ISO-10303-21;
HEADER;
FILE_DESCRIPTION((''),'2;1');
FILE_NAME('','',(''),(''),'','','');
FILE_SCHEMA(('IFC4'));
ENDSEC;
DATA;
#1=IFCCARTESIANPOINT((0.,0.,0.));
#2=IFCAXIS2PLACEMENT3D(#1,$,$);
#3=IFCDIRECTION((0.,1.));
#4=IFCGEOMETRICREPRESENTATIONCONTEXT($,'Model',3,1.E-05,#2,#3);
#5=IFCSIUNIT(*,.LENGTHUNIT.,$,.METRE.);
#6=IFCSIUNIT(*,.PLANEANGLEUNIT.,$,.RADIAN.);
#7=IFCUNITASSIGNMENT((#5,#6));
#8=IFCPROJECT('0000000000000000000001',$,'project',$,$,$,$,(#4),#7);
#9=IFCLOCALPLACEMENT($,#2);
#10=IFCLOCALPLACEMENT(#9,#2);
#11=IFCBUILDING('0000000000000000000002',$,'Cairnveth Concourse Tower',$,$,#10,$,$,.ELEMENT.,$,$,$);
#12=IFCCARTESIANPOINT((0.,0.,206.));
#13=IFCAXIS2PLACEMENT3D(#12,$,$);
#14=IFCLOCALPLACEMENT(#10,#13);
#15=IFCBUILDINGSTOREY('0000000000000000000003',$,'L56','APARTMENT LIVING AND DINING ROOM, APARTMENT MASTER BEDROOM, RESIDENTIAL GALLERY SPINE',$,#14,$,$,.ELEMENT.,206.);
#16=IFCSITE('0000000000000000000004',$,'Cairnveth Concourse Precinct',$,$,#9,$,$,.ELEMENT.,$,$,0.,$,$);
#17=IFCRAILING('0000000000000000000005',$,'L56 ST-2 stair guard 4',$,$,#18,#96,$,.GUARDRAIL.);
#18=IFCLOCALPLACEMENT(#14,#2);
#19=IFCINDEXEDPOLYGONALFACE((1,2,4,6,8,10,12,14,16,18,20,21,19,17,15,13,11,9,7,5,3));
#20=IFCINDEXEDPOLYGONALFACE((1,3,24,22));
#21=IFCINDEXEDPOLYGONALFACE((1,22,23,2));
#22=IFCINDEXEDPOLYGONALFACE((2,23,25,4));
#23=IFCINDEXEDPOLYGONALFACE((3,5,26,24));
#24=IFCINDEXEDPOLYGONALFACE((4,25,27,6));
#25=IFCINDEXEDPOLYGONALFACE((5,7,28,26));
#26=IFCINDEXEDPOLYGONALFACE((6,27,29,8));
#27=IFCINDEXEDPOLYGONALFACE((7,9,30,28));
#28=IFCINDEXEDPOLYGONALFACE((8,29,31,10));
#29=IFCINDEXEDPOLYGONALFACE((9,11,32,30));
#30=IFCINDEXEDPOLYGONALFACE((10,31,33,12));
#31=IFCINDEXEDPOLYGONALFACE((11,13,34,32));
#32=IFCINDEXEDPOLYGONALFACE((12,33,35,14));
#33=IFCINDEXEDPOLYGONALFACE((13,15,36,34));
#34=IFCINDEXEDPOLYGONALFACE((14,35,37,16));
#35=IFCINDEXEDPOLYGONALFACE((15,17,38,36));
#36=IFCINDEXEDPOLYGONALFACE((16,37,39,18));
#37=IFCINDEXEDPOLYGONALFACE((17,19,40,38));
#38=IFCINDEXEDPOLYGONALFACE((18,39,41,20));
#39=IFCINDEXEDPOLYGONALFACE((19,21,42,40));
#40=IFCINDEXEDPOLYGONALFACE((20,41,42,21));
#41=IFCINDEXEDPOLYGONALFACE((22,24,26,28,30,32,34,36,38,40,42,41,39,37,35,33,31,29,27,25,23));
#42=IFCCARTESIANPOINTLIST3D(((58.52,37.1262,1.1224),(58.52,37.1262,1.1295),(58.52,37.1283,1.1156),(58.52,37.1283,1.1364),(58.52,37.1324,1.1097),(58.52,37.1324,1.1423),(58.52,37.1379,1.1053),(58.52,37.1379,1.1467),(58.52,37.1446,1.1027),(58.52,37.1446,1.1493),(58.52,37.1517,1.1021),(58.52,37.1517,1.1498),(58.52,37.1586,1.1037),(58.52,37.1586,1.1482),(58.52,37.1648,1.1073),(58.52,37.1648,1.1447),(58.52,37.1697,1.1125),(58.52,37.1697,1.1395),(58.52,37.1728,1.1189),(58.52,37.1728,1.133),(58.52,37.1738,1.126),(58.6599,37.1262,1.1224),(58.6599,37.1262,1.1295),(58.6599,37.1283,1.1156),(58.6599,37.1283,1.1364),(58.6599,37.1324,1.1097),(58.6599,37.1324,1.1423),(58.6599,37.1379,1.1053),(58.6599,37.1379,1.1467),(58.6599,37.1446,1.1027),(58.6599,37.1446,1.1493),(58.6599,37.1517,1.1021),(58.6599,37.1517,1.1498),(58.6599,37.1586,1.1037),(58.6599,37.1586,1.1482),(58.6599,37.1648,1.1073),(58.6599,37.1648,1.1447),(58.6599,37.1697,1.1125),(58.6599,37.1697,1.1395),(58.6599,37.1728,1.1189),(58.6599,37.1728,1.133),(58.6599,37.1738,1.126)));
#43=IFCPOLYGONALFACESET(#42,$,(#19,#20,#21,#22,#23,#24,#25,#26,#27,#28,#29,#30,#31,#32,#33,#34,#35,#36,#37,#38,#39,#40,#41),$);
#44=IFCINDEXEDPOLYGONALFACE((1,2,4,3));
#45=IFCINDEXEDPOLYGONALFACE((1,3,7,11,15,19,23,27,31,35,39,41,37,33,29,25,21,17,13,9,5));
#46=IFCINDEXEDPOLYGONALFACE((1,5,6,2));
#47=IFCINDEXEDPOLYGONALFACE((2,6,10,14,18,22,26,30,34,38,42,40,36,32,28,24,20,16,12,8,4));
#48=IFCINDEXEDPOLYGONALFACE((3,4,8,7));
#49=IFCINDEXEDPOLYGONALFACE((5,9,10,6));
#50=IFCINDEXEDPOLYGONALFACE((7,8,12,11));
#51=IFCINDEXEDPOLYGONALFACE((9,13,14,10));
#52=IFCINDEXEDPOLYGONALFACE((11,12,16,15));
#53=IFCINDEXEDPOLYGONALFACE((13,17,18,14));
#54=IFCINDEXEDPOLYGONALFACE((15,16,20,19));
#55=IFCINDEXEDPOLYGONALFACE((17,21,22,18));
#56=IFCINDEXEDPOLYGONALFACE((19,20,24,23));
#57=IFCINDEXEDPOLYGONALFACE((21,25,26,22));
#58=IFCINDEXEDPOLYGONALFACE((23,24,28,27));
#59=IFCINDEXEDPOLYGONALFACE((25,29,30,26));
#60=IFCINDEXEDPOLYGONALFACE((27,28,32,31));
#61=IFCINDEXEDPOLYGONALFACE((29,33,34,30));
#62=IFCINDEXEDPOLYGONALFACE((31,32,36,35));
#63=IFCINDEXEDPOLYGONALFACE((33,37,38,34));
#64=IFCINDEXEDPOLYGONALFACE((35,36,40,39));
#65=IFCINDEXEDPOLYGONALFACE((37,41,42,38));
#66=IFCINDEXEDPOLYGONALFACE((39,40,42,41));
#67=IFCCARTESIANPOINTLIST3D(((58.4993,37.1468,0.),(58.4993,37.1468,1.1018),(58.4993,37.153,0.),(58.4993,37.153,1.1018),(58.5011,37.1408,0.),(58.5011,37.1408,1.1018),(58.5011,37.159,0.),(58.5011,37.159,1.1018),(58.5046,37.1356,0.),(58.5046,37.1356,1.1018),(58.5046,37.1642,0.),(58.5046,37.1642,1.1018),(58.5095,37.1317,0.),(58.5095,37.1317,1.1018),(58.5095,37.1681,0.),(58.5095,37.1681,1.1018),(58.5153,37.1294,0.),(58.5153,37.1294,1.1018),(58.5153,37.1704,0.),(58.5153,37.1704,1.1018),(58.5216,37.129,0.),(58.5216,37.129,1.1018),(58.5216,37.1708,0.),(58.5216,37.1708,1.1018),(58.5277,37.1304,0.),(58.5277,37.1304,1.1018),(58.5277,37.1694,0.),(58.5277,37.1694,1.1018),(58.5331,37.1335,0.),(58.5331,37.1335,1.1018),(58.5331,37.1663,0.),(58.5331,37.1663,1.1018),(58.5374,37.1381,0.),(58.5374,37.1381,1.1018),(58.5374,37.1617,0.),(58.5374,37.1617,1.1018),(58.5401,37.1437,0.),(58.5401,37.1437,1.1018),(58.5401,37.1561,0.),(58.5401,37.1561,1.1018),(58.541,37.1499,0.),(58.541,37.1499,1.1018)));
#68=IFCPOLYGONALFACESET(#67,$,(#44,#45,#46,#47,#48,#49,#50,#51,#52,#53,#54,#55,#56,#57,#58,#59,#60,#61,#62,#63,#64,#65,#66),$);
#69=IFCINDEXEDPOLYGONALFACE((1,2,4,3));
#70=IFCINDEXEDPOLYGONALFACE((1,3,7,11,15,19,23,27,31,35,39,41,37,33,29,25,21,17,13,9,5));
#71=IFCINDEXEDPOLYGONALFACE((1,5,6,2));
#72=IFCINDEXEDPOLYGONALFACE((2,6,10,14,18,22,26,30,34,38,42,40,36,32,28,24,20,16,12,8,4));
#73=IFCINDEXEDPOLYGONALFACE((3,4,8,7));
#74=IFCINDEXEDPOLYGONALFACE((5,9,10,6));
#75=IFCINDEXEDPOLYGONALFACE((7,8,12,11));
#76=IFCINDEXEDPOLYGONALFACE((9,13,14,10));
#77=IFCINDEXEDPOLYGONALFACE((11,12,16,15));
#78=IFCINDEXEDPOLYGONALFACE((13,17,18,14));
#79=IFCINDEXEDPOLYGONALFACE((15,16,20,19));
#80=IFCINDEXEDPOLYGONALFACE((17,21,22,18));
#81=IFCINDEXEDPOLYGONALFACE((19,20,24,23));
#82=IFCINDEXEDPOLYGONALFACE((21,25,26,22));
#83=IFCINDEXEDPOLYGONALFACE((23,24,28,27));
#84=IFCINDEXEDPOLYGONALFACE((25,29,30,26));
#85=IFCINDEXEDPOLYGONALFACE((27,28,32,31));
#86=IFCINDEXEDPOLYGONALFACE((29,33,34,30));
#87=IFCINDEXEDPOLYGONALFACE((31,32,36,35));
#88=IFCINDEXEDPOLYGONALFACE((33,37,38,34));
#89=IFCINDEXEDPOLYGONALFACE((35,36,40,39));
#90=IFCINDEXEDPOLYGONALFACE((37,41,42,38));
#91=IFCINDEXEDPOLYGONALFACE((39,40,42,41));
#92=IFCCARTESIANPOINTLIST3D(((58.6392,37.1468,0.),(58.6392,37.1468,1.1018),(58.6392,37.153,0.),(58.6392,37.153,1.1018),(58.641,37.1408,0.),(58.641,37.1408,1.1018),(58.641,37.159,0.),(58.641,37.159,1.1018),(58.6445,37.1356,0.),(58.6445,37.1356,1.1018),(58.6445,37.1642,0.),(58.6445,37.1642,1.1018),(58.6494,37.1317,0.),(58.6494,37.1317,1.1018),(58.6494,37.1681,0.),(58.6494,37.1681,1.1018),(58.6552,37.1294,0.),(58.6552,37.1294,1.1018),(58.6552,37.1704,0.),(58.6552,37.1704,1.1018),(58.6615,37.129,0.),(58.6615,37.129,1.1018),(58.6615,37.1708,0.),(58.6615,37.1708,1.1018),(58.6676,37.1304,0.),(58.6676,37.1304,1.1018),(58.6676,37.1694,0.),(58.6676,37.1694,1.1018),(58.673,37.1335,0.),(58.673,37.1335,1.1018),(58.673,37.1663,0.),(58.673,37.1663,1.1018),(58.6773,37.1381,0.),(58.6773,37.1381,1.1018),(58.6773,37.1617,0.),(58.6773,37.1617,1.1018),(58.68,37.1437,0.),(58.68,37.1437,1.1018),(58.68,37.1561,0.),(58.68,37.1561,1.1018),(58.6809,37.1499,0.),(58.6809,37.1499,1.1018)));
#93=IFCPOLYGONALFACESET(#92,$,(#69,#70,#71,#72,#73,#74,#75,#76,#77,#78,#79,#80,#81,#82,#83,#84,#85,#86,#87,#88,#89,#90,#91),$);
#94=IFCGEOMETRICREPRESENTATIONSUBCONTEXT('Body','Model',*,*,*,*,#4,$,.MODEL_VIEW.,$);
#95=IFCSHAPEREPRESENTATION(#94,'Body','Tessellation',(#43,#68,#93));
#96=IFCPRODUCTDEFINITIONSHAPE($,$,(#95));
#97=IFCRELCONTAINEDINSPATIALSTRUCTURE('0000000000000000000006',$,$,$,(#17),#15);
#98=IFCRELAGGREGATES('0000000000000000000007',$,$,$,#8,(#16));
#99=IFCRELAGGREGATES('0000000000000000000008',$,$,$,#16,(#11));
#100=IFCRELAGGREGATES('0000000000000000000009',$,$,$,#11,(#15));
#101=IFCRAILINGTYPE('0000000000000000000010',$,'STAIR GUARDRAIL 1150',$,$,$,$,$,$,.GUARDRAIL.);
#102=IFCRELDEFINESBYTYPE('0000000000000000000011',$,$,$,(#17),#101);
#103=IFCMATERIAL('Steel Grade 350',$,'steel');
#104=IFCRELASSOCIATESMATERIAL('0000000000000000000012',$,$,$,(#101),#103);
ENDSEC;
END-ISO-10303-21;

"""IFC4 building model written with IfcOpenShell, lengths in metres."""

from ifc_helpers import new_model, si_unit, direction, frame, origin, origin_2d, place, context, subcontext, project, spatial, circle, extrude, material, type_object, element, save


model = new_model("IFC4")

# Units and contexts
model_context = context("Model", 3, precision=1e-05, world=origin(), true_north=direction((0.0, 1.0)))
body_context = subcontext(model_context, "Body", "Model", "MODEL_VIEW")
ifc_project = project(units=[si_unit("LENGTHUNIT", "METRE"), si_unit("PLANEANGLEUNIT", "RADIAN")], contexts=[model_context])

# Site, building, storey
site_placement = place(None, origin())
site = spatial("IfcSite", under=ifc_project, at=site_placement, Name="Cairnveth Concourse Precinct", CompositionType="ELEMENT", RefElevation=0.0)
building_placement = place(site_placement, origin())
building = spatial("IfcBuilding", under=site, at=building_placement, Name="Cairnveth Concourse Tower", CompositionType="ELEMENT")
storey_placement = place(building_placement, frame((0.0, 0.0, 206.0)))
storey = spatial("IfcBuildingStorey", under=building, at=storey_placement, Name="L56", Description="APARTMENT LIVING AND DINING ROOM, APARTMENT MASTER BEDROOM, RESIDENTIAL GALLERY SPINE", CompositionType="ELEMENT", Elevation=206.0)

# Shared definitions
ifc_material_1 = material(Name="Steel Grade 350", Category="steel")

# Railing
railing_type_1 = type_object("IfcRailingType", Name="STAIR GUARDRAIL 1150", PredefinedType="GUARDRAIL", material=ifc_material_1)
railing_1_placement = place(storey_placement, frame((58.52, 37.1499, 0.0)))
element("IfcRailing", 1, at=railing_1_placement, inside=storey, type_object=railing_type_1, Name="L56 ST-2 stair guard 4", PredefinedType="GUARDRAIL", context=body_context, shape_type="SweptSolid", body=[
    extrude(circle(Radius=0.0239, at=origin_2d()), frame((0.0, 0.0, 1.126), z_axis=(1.0, 0.0, 0.0), x_axis=(0.0, 1.0, 0.0)), (0.0, 0.0, 1.0), 0.1399),
    extrude(circle(Radius=0.021, at=origin_2d()), origin(), (0.0, 0.0, 1.0), 1.1018),
    extrude(circle(Radius=0.021, at=origin_2d()), frame((0.1399, 0.0, 0.0)), (0.0, 0.0, 1.0), 1.1018),
])

save(model, "model.ifc")
